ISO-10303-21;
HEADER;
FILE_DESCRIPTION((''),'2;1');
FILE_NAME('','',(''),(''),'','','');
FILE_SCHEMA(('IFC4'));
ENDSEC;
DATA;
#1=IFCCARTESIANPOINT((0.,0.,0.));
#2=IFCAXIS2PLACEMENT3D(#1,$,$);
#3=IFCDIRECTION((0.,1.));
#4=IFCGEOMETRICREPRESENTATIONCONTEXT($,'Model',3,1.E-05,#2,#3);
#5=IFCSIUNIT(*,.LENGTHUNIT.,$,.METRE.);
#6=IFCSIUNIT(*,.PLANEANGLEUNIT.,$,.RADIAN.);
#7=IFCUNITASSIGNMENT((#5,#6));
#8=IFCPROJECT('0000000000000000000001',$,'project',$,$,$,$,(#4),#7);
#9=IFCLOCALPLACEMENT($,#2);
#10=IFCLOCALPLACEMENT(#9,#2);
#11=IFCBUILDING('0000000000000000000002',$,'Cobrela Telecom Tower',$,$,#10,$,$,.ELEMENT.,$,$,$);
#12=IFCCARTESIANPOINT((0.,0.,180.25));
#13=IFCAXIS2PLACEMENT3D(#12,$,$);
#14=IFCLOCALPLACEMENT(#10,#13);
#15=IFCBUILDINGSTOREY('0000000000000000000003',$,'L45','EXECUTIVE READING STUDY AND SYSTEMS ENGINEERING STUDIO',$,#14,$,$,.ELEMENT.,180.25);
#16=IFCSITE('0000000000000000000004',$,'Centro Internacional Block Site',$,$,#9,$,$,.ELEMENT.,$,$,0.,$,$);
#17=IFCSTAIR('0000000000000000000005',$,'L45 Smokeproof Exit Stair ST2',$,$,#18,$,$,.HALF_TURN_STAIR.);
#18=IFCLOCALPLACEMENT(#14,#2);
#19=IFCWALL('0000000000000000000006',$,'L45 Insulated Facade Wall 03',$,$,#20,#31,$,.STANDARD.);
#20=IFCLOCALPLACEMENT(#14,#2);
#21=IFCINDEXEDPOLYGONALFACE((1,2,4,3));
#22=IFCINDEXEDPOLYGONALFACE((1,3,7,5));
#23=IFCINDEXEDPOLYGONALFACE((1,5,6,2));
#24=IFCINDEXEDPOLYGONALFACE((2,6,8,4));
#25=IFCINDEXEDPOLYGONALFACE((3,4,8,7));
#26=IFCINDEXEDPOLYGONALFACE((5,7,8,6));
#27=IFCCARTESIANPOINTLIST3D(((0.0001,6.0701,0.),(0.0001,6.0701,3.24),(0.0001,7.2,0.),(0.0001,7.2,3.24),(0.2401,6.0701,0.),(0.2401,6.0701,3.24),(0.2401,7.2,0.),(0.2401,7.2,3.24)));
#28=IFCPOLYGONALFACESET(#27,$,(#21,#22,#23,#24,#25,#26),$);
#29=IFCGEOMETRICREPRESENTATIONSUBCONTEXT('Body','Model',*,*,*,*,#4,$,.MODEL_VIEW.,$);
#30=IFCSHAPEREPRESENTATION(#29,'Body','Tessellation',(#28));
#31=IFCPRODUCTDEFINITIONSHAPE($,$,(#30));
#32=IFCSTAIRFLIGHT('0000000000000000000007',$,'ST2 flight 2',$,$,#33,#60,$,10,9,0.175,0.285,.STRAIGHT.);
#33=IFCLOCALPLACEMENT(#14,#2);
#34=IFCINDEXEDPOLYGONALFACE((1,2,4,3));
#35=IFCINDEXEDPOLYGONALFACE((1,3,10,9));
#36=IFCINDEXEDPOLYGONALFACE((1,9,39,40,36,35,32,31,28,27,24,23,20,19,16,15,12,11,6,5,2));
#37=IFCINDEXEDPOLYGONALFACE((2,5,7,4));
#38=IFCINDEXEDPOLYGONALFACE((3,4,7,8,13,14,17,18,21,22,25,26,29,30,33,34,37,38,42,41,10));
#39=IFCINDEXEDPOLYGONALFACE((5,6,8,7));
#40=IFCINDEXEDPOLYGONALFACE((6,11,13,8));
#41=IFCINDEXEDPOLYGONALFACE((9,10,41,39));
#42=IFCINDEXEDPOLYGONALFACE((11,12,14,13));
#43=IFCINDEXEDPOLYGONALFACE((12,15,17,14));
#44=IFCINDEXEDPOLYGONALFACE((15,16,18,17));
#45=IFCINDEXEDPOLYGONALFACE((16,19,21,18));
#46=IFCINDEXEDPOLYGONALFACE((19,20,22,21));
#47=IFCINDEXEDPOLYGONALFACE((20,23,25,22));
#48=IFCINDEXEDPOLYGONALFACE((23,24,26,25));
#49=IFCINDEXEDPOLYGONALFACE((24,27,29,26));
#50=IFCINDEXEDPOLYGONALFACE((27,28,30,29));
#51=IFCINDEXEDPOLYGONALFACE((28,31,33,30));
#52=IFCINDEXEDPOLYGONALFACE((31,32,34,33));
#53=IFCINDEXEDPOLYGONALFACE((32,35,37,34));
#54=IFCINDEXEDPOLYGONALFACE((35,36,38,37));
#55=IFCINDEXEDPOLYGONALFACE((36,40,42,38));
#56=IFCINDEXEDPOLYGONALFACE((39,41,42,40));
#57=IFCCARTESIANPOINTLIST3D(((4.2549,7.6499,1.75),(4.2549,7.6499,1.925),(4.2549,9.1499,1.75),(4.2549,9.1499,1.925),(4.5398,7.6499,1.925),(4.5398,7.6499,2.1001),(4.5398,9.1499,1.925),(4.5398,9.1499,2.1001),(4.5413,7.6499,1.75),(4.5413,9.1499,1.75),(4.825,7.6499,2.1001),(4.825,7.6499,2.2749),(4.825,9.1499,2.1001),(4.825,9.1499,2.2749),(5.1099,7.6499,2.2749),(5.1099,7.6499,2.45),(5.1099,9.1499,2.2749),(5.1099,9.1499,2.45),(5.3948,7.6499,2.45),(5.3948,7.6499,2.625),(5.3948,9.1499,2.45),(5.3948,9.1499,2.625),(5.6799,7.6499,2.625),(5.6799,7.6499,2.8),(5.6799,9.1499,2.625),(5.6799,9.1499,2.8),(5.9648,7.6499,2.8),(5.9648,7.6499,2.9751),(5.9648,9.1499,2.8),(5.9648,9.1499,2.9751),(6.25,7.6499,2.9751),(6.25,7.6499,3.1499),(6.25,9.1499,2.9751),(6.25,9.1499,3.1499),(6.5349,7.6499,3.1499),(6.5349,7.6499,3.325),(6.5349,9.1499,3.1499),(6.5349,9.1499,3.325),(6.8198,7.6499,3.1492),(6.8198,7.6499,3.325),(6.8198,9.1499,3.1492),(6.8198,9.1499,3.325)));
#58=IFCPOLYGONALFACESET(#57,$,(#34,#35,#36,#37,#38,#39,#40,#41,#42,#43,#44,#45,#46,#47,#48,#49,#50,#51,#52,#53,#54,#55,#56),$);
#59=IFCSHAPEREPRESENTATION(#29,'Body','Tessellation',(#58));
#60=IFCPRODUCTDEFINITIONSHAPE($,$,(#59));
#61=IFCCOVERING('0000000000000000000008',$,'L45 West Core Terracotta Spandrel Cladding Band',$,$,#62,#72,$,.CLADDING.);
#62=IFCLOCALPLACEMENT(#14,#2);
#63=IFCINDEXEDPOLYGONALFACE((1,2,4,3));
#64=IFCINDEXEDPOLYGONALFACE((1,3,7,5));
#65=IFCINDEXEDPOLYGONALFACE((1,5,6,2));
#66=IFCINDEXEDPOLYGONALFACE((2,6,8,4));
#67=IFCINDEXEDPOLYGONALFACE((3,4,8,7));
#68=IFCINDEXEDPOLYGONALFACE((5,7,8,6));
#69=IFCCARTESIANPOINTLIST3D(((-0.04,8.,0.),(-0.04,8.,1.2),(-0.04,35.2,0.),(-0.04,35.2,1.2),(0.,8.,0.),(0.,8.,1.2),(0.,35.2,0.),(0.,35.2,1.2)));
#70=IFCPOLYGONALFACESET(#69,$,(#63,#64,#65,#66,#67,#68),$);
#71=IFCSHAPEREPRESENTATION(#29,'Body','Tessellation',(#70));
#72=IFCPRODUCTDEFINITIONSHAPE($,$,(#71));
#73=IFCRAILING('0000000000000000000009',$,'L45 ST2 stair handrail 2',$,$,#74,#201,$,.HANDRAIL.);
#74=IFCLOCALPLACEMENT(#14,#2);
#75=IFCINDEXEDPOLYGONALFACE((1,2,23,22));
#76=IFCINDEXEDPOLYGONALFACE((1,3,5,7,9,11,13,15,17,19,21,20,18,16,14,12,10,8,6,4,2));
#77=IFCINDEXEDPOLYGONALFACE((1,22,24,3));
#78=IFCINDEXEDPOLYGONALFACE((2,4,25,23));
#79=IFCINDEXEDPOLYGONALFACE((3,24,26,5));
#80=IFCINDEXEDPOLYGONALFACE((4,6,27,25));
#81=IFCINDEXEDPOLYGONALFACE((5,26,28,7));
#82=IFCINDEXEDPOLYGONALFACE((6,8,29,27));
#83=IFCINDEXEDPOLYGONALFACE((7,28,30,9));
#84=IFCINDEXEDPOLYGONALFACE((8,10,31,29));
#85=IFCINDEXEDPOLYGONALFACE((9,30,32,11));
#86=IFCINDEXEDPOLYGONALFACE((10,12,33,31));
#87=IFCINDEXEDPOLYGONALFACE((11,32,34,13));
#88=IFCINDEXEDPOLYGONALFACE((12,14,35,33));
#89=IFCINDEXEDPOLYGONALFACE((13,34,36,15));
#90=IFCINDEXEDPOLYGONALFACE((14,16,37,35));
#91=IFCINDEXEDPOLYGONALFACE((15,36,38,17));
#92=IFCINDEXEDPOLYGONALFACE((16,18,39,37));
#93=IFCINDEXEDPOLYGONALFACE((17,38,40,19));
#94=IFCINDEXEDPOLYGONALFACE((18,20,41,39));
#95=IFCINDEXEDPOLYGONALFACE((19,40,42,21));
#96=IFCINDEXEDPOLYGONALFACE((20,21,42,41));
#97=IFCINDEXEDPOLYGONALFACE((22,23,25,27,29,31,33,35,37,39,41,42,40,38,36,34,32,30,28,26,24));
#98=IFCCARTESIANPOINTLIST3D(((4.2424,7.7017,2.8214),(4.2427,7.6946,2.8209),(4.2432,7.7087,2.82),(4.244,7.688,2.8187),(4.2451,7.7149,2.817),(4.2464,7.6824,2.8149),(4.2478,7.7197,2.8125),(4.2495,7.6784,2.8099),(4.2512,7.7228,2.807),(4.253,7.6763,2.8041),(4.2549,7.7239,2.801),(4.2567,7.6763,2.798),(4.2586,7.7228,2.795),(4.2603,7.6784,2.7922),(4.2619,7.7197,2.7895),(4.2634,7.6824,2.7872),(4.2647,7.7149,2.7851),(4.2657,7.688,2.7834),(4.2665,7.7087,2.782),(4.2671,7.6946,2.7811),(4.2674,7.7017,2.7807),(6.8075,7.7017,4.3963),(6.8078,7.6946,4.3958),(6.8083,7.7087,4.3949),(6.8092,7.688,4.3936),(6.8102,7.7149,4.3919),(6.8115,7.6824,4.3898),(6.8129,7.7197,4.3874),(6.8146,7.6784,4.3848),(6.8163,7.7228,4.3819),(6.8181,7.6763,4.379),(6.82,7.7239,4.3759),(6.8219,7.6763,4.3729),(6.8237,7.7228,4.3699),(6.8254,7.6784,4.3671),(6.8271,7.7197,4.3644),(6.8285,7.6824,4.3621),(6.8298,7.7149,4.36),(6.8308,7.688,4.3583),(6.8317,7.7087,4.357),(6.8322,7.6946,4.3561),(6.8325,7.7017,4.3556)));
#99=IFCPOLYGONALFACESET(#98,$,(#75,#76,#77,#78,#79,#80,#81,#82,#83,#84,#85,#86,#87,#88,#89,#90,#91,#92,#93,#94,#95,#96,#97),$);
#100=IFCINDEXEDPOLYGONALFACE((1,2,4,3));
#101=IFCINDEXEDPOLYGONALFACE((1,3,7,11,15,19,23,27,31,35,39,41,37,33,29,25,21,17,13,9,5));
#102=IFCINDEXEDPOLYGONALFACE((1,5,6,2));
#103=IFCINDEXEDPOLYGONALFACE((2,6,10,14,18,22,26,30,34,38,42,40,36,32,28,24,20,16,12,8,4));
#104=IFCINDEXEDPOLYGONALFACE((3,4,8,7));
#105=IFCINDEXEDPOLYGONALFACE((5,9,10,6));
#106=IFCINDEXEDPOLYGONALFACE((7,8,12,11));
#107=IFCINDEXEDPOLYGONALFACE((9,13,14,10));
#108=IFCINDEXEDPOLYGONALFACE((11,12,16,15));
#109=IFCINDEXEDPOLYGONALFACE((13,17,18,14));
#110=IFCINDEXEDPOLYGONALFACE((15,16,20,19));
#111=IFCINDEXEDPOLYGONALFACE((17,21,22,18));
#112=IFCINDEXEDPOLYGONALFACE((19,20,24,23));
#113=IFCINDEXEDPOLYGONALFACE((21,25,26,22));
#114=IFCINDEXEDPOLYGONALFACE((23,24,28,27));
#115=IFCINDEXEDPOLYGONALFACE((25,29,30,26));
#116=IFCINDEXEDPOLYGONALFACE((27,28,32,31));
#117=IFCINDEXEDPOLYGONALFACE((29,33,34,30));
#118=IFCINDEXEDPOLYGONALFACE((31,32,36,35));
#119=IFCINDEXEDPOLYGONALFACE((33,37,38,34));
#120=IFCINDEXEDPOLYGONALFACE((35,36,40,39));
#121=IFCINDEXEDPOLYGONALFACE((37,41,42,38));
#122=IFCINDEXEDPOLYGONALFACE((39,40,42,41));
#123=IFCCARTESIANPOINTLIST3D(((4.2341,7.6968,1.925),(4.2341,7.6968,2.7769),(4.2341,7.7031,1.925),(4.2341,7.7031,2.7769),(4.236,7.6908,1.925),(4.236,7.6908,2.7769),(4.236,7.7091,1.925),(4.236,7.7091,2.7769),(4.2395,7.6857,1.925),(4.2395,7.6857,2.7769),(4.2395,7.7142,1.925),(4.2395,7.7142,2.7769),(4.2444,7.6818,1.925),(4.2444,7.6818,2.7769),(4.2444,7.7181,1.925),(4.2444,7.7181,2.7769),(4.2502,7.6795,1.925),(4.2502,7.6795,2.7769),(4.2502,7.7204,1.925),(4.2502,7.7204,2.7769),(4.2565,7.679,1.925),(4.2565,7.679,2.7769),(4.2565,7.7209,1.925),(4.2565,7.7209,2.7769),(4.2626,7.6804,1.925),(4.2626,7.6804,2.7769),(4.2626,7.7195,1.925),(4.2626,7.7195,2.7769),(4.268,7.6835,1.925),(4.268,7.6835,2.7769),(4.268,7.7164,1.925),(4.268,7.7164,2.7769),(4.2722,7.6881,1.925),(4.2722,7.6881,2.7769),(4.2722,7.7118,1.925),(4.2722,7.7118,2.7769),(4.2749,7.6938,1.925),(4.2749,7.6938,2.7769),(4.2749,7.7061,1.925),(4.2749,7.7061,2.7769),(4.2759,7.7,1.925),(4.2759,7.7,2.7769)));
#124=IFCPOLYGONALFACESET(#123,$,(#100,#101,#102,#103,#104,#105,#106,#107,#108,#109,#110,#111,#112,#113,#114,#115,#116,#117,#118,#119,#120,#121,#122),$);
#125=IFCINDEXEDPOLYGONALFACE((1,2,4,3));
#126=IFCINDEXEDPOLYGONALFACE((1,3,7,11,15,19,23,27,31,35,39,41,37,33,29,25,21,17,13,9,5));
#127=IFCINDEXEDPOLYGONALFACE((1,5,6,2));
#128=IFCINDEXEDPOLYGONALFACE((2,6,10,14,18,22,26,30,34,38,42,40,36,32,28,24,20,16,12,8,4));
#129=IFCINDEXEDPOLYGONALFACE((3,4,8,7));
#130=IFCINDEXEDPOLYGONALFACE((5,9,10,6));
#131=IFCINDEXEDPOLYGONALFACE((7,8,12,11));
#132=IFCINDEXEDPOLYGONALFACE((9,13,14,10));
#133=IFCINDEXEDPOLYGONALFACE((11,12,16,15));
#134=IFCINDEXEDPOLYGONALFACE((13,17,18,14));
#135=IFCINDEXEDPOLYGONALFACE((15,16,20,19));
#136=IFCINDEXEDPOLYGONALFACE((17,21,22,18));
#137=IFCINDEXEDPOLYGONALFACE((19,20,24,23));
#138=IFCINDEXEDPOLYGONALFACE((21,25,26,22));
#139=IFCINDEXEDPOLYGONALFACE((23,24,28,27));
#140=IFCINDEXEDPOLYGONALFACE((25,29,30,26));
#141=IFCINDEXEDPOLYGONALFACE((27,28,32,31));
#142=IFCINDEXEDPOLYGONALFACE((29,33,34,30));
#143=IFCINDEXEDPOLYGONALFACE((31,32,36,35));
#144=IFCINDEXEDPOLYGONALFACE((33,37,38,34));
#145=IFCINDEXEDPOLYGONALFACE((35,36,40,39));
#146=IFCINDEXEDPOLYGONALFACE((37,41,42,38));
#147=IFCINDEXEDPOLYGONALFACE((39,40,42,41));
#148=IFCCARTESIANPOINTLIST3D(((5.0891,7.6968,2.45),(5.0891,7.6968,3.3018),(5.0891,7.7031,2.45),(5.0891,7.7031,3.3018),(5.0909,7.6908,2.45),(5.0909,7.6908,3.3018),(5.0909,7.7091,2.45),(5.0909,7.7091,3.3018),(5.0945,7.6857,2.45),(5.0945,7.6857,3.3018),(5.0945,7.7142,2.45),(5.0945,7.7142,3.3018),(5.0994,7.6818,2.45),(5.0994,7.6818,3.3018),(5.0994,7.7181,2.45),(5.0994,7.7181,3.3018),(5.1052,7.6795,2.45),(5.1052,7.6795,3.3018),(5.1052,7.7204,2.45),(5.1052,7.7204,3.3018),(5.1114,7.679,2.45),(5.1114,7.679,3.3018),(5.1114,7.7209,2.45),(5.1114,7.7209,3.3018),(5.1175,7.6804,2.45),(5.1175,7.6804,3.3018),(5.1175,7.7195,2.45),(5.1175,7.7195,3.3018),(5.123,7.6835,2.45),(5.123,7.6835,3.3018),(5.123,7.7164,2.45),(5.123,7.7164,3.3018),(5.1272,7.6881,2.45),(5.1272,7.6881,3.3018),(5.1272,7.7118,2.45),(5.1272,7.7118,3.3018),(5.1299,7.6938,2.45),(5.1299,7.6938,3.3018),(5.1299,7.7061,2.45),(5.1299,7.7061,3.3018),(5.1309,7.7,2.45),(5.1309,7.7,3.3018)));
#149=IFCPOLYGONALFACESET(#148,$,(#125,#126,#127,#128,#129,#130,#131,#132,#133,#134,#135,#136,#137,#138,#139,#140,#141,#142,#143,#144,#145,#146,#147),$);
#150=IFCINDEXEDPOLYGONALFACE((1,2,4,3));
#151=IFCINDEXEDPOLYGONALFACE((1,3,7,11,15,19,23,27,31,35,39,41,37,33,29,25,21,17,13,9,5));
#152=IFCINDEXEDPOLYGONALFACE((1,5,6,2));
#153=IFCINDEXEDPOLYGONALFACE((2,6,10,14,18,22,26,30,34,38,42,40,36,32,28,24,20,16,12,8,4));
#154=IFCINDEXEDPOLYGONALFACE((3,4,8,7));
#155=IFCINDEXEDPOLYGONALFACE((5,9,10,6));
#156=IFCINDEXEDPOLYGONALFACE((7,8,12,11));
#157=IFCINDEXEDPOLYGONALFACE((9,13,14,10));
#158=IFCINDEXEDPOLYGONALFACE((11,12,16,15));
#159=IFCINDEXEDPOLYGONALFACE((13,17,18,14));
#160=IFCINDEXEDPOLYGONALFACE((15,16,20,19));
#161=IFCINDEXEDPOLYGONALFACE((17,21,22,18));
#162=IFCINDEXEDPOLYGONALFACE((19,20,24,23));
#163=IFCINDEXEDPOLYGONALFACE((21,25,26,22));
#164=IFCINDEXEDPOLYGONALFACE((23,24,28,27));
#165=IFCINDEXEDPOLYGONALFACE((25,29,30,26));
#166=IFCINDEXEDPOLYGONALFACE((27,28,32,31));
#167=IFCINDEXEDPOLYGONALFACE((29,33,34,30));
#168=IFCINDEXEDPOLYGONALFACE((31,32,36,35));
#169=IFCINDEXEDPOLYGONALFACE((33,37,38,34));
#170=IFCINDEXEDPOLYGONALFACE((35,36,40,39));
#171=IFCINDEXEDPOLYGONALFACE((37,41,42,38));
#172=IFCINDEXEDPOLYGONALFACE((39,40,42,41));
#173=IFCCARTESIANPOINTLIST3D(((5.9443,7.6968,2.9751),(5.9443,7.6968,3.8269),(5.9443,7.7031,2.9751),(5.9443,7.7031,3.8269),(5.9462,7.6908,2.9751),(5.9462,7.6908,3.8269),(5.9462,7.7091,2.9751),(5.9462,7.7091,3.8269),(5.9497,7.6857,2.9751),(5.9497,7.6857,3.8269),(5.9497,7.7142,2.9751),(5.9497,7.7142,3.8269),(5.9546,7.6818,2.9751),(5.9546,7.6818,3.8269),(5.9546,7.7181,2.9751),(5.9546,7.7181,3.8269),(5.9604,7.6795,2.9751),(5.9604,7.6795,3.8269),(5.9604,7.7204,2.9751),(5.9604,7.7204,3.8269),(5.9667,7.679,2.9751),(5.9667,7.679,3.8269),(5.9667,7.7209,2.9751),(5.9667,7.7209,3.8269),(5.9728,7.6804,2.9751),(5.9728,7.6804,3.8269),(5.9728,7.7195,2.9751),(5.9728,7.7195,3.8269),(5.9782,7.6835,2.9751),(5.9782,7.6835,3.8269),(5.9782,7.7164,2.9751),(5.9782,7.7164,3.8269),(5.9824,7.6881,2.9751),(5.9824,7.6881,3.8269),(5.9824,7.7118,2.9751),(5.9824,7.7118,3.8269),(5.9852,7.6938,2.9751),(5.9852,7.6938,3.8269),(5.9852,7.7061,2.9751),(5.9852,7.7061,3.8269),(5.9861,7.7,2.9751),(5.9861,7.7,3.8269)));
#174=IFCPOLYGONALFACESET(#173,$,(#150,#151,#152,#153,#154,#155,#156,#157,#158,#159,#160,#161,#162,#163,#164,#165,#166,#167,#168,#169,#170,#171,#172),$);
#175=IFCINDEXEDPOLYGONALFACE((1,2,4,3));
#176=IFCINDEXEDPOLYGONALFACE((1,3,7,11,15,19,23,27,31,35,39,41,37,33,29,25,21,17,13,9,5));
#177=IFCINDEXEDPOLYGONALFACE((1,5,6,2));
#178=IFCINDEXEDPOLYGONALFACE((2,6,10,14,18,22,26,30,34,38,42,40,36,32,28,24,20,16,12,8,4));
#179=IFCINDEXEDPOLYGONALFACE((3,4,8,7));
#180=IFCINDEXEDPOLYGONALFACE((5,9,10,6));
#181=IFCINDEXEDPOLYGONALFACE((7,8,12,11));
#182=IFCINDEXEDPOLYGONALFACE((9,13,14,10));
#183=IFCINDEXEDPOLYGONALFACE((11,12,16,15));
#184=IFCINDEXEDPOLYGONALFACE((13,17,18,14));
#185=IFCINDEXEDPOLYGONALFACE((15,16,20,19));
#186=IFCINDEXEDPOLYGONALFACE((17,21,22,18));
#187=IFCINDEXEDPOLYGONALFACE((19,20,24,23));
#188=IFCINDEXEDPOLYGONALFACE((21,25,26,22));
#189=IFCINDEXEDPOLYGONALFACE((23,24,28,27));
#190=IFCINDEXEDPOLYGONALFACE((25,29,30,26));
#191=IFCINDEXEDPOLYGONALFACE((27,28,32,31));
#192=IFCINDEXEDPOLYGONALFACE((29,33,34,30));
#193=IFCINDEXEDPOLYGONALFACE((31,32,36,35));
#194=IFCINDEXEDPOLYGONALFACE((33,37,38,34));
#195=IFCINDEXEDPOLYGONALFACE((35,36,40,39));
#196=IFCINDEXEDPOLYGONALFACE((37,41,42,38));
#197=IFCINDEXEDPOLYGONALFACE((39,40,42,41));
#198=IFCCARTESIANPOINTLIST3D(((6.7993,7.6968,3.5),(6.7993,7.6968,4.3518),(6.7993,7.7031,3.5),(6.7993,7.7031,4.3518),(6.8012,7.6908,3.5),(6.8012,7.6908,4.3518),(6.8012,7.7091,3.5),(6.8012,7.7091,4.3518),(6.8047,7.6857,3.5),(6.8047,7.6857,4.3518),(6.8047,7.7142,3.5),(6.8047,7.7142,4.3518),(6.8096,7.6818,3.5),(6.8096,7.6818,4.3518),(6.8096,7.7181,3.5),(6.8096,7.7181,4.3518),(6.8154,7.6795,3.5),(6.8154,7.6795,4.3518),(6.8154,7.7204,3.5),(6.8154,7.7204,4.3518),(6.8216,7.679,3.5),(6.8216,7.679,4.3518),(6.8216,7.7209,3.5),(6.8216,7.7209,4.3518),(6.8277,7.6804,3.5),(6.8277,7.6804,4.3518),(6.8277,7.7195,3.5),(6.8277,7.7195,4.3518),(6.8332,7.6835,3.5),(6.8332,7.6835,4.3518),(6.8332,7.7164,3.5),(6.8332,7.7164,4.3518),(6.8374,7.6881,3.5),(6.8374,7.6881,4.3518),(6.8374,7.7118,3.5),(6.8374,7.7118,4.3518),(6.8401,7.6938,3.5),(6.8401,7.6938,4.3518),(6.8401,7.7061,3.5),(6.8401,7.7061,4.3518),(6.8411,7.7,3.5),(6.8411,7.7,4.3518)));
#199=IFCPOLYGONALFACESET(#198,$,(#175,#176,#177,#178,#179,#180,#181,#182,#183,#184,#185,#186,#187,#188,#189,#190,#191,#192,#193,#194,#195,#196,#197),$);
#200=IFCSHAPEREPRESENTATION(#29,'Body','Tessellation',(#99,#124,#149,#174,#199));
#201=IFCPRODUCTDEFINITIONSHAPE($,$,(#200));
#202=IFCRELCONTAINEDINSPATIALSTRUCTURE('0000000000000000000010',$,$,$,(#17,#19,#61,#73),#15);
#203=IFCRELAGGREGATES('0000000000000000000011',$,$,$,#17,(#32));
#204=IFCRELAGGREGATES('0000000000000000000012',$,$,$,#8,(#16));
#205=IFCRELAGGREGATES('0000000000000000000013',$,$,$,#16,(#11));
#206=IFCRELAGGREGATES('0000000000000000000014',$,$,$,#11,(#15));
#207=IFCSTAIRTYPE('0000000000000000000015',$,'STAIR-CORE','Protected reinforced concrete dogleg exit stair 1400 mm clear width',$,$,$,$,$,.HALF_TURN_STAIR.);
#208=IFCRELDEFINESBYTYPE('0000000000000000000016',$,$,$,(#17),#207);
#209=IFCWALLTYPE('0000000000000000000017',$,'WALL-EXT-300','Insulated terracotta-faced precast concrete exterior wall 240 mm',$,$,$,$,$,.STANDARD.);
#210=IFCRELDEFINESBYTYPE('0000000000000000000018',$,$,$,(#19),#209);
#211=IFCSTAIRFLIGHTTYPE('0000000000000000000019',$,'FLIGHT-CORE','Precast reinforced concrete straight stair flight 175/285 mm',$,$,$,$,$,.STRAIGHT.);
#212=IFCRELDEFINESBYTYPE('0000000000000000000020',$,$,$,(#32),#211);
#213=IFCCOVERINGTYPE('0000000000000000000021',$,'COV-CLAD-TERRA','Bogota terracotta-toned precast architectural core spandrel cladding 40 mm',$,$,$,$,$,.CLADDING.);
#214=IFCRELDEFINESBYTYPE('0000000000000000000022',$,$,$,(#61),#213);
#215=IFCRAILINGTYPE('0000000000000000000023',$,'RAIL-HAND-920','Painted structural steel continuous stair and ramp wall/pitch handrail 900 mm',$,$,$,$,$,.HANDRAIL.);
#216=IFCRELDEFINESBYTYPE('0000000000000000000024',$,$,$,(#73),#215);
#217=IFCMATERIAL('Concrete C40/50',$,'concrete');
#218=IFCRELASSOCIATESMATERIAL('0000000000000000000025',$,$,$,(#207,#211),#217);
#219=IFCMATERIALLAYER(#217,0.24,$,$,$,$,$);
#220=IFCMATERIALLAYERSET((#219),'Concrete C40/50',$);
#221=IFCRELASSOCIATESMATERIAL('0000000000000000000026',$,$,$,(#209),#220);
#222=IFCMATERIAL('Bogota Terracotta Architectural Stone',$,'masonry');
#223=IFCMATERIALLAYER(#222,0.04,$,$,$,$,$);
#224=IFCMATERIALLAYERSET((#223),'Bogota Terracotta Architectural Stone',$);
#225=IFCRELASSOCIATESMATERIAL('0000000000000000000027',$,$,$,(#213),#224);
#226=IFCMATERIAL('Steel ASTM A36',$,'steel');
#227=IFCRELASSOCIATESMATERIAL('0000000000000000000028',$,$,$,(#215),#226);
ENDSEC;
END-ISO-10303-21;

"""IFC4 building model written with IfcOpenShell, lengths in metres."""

from ifc_helpers import new_model, si_unit, direction, frame, frame_2d, origin, origin_2d, place, context, subcontext, project, spatial, polyline, rectangle, circle, outline, extrude, material, layer, layer_set, type_object, element, aggregate, save


model = new_model("IFC4")

# Units and contexts
model_context = context("Model", 3, precision=1e-05, world=origin(), true_north=direction((0.0, 1.0)))
body_context = subcontext(model_context, "Body", "Model", "MODEL_VIEW")
ifc_project = project(units=[si_unit("LENGTHUNIT", "METRE"), si_unit("PLANEANGLEUNIT", "RADIAN")], contexts=[model_context])

# Site, building, storey
site_placement = place(None, origin())
site = spatial("IfcSite", under=ifc_project, at=site_placement, Name="Centro Internacional Block Site", CompositionType="ELEMENT", RefElevation=0.0)
building_placement = place(site_placement, origin())
building = spatial("IfcBuilding", under=site, at=building_placement, Name="Cobrela Telecom Tower", CompositionType="ELEMENT")
storey_placement = place(building_placement, frame((0.0, 0.0, 180.25)))
storey = spatial("IfcBuildingStorey", under=building, at=storey_placement, Name="L45", Description="EXECUTIVE READING STUDY AND SYSTEMS ENGINEERING STUDIO", CompositionType="ELEMENT", Elevation=180.25)

# Shared definitions
ifc_material_1 = material(Name="Concrete C40/50", Category="concrete")

# Stair
stair_type = type_object("IfcStairType", Name="STAIR-CORE", Description="Protected reinforced concrete dogleg exit stair 1400 mm clear width", PredefinedType="HALF_TURN_STAIR", material=ifc_material_1)
stair_1_placement = place(storey_placement, origin())
stair_1 = element("IfcStair", 1, at=stair_1_placement, inside=storey, type_object=stair_type, Name="L45 Smokeproof Exit Stair ST2", PredefinedType="HALF_TURN_STAIR")

# Wall
ifc_layer_1 = layer(ifc_material_1, 0.24)
ifc_layer_set_1 = layer_set([ifc_layer_1], Name="Concrete C40/50")
wall_type_1 = type_object("IfcWallType", Name="WALL-EXT-300", Description="Insulated terracotta-faced precast concrete exterior wall 240 mm", PredefinedType="STANDARD", material=ifc_layer_set_1)
wall_1_placement = place(storey_placement, frame((0.1201, 6.0701, 0.0), z_axis=(0.0, 0.0, 1.0), x_axis=(0.0, 1.0, 0.0)))
element("IfcWall", 2, at=wall_1_placement, inside=storey, type_object=wall_type_1, Name="L45 Insulated Facade Wall 03", PredefinedType="STANDARD", context=body_context, shape_type="SweptSolid", body=[
    extrude(rectangle(XDim=1.1299, YDim=0.24, at=frame_2d((0.5649, 0.0))), origin(), (0.0, 0.0, 1.0), 3.24),
])

# Stair flight
stair_flight_type = type_object("IfcStairFlightType", Name="FLIGHT-CORE", Description="Precast reinforced concrete straight stair flight 175/285 mm", PredefinedType="STRAIGHT", material=ifc_material_1)
stair_flight_placement = place(storey_placement, frame((4.2549, 8.3999, 1.75), z_axis=(0.0, 0.0, 1.0), x_axis=(1.0, 0.0, 0.0)))
stair_flight = element("IfcStairFlight", 3, at=stair_flight_placement, type_object=stair_flight_type, Name="ST2 flight 2", NumberOfRisers=10, NumberOfTreads=9, PredefinedType="STRAIGHT", RiserHeight=0.175, TreadLength=0.285, context=body_context, shape_type="SweptSolid", body=[
    extrude(outline(polyline([(0.0, 0.0), (0.0, 0.175), (0.2849, 0.175), (0.2849, 0.3501), (0.5701, 0.3501), (0.5701, 0.5249), (0.855, 0.5249), (0.855, 0.7), (1.1399, 0.7), (1.1399, 0.875), (1.425, 0.875), (1.425, 1.05), (1.71, 1.05), (1.71, 1.2251), (1.9951, 1.2251), (1.9951, 1.3999), (2.28, 1.3999), (2.28, 1.575), (2.5649, 1.575), (2.5649, 1.75), (2.5649, 1.3992), (0.2864, 0.0), (0.0, 0.0)])), frame((0.0, 0.75, 0.0), z_axis=(0.0, -1.0, 0.0), x_axis=(1.0, 0.0, 0.0)), (0.0, 0.0, 1.0), 1.5),
])
aggregate(stair_1, [stair_flight])

# Covering
ifc_material_2 = material(Name="Bogota Terracotta Architectural Stone", Category="masonry")
ifc_layer_2 = layer(ifc_material_2, 0.04)
ifc_layer_set_2 = layer_set([ifc_layer_2], Name="Bogota Terracotta Architectural Stone")
covering_type = type_object("IfcCoveringType", Name="COV-CLAD-TERRA", Description="Bogota terracotta-toned precast architectural core spandrel cladding 40 mm", PredefinedType="CLADDING", material=ifc_layer_set_2)
covering_placement = place(storey_placement, origin())
element("IfcCovering", 4, at=covering_placement, inside=storey, type_object=covering_type, Name="L45 West Core Terracotta Spandrel Cladding Band", PredefinedType="CLADDING", context=body_context, shape_type="SweptSolid", body=[
    extrude(outline(polyline([(-0.04, 8.0), (0.0, 8.0), (0.0, 35.2), (-0.04, 35.2), (-0.04, 8.0)])), origin(), (0.0, 0.0, 1.0), 1.2),
])

# Railing
ifc_material_3 = material(Name="Steel ASTM A36", Category="steel")
railing_type = type_object("IfcRailingType", Name="RAIL-HAND-920", Description="Painted structural steel continuous stair and ramp wall/pitch handrail 900 mm", PredefinedType="HANDRAIL", material=ifc_material_3)
railing_placement = place(storey_placement, frame((4.2549, 7.7, 1.925)))
element("IfcRailing", 5, at=railing_placement, inside=storey, type_object=railing_type, Name="L45 ST2 stair handrail 2", PredefinedType="HANDRAIL", context=body_context, shape_type="SweptSolid", body=[
    extrude(circle(Radius=0.0239, at=origin_2d()), frame((0.0, 0.0, 0.876), z_axis=(0.852195, 0.0, 0.523224), x_axis=(0.0, 1.0, 0.0)), (0.0, 0.0, 1.0), 3.01),
    extrude(circle(Radius=0.021, at=origin_2d()), origin(), (0.0, 0.0, 1.0), 0.8518),
    extrude(circle(Radius=0.021, at=origin_2d()), frame((0.855, 0.0, 0.5249)), (0.0, 0.0, 1.0), 0.8518),
    extrude(circle(Radius=0.021, at=origin_2d()), frame((1.7102, 0.0, 1.05)), (0.0, 0.0, 1.0), 0.8518),
    extrude(circle(Radius=0.021, at=origin_2d()), frame((2.5652, 0.0, 1.575)), (0.0, 0.0, 1.0), 0.8518),
])

save(model, "model.ifc")
